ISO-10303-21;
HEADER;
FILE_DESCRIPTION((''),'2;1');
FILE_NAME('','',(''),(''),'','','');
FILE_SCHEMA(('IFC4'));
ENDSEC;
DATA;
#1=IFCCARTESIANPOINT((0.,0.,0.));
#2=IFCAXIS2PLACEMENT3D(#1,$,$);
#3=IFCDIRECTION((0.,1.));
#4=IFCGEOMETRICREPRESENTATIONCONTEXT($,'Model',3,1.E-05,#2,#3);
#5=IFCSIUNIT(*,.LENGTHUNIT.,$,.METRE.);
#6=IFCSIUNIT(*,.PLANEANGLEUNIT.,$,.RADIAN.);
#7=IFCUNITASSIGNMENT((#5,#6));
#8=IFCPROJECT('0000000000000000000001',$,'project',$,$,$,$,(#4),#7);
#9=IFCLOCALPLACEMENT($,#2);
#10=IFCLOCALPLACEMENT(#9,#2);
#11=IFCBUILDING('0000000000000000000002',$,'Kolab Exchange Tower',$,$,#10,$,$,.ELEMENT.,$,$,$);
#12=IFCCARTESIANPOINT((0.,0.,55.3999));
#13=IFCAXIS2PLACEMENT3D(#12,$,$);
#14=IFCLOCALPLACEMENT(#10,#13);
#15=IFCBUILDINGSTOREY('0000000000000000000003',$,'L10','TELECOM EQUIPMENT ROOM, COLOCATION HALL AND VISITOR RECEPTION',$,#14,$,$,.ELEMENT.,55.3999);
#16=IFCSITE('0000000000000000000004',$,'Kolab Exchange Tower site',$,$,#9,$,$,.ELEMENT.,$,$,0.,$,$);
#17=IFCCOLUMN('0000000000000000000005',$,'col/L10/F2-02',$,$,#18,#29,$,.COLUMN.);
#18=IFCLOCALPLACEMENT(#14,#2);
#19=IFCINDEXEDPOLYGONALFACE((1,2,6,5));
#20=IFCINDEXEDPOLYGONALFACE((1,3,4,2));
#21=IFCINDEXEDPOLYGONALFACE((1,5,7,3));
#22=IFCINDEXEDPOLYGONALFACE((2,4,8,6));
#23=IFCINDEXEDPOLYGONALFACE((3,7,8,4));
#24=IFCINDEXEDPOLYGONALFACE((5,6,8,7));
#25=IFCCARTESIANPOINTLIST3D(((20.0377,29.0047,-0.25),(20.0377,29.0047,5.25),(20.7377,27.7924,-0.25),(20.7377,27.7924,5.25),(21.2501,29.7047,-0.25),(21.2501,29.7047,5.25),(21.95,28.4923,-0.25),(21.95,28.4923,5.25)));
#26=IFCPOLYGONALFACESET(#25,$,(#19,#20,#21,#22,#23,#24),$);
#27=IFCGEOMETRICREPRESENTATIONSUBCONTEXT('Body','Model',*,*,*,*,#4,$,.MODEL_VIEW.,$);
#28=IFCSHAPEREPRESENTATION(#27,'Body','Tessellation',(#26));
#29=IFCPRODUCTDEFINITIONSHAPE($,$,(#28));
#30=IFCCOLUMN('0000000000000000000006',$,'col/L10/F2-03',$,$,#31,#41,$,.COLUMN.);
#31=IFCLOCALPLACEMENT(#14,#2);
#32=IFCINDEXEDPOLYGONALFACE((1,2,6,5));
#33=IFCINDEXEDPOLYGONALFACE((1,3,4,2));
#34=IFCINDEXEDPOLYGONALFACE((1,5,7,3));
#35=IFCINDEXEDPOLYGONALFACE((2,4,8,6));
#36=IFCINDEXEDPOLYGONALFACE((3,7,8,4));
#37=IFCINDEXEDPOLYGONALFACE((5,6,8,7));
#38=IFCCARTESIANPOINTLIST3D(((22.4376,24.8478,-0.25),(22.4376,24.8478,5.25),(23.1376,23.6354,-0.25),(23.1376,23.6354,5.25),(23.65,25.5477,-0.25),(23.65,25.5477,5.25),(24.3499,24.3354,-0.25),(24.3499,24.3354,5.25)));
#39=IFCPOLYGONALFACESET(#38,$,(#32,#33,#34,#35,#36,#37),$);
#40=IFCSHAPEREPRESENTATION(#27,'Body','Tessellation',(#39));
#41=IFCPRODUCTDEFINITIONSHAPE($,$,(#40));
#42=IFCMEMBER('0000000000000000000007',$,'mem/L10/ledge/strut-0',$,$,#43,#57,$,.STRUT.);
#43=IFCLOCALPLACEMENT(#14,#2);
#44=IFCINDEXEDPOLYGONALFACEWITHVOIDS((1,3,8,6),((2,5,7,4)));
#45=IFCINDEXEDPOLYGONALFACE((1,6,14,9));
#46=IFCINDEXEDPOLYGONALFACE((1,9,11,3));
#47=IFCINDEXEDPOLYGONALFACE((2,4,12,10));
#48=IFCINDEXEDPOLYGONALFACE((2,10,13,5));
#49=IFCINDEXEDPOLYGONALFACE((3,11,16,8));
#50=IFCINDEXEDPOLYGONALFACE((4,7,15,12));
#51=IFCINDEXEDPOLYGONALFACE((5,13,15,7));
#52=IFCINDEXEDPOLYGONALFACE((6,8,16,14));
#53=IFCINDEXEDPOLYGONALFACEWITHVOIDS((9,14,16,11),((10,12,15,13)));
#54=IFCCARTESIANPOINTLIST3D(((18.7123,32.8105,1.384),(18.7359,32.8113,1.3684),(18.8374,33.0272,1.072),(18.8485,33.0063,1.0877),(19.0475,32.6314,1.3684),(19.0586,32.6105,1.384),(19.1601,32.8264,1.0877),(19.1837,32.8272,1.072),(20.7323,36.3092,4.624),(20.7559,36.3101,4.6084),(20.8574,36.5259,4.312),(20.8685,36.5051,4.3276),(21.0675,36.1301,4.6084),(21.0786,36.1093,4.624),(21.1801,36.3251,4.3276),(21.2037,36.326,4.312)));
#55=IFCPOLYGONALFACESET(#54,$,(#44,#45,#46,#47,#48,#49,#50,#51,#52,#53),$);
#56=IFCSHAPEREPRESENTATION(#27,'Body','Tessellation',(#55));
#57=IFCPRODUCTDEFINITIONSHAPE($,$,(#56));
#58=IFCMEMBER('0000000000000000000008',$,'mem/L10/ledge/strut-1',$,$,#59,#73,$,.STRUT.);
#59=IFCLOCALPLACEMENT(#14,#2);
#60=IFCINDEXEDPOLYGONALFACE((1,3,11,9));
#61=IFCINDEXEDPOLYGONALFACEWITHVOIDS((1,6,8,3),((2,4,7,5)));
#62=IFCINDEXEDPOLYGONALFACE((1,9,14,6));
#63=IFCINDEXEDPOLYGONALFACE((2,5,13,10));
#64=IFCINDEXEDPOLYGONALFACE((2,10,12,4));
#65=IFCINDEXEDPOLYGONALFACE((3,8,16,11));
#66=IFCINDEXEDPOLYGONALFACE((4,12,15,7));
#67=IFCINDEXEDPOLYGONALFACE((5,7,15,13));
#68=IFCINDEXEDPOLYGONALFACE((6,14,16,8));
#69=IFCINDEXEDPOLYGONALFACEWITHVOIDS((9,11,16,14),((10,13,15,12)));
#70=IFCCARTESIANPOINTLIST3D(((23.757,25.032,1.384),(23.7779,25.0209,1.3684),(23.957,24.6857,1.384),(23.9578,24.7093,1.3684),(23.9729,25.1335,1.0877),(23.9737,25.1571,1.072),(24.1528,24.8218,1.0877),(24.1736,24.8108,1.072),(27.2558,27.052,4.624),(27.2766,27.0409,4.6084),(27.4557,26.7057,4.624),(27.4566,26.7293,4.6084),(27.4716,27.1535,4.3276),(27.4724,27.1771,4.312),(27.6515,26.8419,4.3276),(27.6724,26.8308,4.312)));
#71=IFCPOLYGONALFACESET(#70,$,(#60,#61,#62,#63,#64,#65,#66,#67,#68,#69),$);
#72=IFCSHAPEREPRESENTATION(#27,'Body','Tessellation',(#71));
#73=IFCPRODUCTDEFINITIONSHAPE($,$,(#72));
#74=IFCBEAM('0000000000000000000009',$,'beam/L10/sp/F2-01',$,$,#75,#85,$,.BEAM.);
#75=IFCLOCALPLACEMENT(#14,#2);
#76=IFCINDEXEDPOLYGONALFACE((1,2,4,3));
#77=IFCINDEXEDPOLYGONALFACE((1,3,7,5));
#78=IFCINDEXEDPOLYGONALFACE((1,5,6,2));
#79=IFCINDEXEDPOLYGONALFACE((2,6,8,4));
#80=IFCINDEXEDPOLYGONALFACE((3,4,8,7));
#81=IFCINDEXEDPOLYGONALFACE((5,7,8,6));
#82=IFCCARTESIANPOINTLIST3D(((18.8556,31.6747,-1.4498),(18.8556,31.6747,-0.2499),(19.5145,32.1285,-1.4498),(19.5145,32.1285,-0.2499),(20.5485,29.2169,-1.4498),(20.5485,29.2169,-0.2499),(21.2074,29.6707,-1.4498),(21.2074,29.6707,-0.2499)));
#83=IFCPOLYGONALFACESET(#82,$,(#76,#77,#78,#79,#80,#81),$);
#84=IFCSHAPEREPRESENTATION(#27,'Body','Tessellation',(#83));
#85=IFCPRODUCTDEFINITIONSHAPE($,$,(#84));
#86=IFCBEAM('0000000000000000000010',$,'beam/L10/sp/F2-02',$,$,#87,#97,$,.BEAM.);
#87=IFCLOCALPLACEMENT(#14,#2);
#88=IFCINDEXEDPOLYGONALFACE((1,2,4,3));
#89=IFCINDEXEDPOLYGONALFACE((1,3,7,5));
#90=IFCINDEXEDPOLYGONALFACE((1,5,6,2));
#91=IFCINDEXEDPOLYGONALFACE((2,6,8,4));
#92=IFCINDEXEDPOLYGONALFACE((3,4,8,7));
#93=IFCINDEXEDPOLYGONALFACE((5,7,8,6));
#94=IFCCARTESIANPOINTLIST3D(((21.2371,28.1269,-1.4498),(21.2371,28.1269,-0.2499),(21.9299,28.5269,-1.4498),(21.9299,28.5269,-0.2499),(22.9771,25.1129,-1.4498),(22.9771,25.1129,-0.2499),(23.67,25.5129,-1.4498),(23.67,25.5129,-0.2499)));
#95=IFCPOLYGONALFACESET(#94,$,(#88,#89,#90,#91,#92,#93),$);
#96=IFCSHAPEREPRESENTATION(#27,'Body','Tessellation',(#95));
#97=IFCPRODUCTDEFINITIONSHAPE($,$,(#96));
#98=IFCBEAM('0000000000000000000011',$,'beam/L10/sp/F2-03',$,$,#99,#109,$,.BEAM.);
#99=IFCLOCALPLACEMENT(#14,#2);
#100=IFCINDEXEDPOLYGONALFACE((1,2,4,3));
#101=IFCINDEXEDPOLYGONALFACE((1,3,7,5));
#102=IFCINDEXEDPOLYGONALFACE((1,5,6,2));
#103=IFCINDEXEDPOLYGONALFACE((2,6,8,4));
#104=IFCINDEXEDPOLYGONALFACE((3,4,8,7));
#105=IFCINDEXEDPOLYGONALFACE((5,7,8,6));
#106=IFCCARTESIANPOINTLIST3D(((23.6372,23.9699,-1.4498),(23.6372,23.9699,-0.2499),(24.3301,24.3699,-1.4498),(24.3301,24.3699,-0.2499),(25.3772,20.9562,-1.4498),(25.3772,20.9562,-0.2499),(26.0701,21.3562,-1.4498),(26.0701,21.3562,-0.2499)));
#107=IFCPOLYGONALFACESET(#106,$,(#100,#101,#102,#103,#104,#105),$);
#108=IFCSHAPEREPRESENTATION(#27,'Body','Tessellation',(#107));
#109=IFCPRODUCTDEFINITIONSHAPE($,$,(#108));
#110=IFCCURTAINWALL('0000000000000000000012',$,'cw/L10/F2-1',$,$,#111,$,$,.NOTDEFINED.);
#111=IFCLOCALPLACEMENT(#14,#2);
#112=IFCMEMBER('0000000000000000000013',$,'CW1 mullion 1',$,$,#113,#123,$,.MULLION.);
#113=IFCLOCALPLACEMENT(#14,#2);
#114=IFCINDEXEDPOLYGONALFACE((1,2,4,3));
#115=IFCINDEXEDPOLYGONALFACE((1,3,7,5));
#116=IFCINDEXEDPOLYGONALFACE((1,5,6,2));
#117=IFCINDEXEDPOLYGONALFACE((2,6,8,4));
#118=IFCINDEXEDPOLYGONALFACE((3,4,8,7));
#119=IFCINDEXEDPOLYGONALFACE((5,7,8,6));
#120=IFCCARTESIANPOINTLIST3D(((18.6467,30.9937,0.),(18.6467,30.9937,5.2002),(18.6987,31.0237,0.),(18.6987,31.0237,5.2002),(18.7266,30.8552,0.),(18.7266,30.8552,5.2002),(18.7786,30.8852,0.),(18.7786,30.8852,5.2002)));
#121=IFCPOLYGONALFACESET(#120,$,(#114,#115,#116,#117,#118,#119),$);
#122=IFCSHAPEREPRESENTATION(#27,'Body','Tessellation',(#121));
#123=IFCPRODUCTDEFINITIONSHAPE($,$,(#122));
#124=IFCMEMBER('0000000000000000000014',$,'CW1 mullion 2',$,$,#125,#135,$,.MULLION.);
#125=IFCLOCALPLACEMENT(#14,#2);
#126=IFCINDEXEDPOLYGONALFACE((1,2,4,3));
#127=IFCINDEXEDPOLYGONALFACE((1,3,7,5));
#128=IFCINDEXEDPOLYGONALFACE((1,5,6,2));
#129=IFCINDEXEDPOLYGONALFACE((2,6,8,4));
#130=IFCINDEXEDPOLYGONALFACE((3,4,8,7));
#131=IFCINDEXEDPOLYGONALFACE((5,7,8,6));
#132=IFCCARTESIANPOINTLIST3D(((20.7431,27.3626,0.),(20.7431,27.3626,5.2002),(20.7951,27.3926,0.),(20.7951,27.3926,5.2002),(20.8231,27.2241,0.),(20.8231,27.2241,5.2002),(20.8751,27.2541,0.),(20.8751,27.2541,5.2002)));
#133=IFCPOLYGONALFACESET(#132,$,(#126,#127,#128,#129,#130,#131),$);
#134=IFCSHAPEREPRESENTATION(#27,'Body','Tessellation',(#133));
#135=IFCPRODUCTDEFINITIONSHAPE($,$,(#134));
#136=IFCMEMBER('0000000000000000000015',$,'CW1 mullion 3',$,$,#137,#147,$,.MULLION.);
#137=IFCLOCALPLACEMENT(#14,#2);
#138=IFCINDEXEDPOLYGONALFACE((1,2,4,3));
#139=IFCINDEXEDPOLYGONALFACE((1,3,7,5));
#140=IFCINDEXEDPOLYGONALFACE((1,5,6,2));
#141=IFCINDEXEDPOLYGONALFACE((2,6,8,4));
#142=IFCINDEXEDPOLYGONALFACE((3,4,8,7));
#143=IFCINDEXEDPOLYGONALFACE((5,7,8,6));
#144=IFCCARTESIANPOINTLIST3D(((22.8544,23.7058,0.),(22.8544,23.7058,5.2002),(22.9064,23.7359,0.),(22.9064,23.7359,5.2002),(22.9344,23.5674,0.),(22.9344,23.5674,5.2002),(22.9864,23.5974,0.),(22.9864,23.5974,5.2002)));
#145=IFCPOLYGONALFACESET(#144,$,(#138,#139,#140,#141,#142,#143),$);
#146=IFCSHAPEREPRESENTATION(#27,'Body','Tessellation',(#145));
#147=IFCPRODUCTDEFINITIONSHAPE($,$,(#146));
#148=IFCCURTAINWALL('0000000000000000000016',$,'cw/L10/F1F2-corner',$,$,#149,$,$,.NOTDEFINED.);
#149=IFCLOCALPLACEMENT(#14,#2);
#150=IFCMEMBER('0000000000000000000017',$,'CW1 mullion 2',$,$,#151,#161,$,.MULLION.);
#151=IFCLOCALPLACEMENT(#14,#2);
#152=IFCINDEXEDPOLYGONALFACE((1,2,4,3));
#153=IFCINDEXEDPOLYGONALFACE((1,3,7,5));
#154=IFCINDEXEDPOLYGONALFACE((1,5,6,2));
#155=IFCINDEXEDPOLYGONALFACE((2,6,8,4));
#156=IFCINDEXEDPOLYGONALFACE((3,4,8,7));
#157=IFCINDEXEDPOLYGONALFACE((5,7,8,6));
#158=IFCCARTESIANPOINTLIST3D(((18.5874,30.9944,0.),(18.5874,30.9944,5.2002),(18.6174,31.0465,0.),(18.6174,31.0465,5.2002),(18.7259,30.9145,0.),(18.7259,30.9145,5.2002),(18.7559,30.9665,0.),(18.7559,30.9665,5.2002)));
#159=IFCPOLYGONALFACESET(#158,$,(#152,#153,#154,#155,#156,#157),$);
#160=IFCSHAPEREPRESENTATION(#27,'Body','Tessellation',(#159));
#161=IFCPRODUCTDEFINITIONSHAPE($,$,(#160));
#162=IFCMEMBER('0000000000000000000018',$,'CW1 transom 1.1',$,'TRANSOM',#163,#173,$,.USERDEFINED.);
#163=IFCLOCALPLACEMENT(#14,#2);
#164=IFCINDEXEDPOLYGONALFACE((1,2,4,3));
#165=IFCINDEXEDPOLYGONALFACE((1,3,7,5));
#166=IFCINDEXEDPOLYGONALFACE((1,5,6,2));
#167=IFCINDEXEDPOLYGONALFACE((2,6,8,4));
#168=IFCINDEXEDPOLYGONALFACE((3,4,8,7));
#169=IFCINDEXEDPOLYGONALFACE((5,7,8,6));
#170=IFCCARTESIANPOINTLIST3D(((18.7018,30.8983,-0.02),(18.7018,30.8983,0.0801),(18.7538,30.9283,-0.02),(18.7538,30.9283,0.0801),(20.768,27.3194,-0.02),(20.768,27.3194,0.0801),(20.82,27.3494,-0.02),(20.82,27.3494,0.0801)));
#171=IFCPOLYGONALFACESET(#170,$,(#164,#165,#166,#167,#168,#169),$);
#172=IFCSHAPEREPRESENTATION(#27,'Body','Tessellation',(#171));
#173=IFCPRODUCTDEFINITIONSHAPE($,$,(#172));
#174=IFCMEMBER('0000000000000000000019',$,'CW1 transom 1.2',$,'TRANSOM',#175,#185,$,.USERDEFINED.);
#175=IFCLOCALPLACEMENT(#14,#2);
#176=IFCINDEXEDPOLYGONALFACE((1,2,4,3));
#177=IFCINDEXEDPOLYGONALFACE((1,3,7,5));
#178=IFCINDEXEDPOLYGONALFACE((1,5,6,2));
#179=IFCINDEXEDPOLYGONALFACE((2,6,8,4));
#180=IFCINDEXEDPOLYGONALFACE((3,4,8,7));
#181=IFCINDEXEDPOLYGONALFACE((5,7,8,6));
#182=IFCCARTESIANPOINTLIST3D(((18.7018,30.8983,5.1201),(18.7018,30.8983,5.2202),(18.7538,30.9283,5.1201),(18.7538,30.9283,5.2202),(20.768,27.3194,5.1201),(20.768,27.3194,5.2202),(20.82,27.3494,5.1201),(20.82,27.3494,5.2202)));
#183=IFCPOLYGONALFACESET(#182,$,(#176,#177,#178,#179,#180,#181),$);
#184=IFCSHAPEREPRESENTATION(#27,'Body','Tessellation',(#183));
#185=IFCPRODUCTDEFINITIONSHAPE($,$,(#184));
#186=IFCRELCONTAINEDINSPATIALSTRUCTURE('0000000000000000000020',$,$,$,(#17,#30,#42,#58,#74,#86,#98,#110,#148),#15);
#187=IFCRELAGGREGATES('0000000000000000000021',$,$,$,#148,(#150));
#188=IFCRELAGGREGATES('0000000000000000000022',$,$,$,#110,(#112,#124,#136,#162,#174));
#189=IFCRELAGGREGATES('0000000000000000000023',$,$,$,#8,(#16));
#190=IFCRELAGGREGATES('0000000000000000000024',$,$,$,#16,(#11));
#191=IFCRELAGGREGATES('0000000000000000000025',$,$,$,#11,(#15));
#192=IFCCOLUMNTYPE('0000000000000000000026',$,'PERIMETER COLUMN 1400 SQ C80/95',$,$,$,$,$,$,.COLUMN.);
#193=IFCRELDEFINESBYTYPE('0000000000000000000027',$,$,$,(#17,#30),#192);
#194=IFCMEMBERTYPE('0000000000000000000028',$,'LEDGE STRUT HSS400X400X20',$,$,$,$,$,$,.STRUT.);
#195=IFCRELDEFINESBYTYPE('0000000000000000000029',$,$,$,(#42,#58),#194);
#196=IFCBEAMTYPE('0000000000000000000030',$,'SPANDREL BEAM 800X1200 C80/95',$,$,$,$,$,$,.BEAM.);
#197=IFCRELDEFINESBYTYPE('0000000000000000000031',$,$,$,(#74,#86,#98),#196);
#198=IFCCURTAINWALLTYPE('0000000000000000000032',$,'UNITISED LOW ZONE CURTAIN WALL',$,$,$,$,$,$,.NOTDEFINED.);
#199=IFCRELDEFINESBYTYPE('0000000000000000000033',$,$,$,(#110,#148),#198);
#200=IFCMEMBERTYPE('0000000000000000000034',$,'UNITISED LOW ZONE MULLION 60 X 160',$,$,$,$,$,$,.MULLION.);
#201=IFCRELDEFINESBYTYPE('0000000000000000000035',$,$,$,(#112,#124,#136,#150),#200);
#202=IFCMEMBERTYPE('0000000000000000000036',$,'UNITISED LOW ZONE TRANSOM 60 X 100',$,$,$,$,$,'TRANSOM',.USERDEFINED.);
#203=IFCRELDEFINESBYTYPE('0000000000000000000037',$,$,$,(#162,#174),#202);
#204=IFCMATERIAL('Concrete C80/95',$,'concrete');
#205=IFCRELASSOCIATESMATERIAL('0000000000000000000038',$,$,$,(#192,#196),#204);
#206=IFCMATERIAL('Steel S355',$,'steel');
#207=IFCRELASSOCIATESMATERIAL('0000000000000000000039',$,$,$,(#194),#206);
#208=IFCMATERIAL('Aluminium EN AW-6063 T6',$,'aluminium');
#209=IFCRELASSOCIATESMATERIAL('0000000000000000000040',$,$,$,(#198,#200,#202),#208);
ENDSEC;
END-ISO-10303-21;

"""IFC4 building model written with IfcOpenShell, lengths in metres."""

from ifc_helpers import new_model, si_unit, direction, frame, origin, origin_2d, place, context, subcontext, project, spatial, rectangle, hollow_rectangle, extrude, material, material_profile, profile_set, type_object, element, aggregate, save


model = new_model("IFC4")

# Units and contexts
model_context = context("Model", 3, precision=1e-05, world=origin(), true_north=direction((0.0, 1.0)))
body_context = subcontext(model_context, "Body", "Model", "MODEL_VIEW")
ifc_project = project(units=[si_unit("LENGTHUNIT", "METRE"), si_unit("PLANEANGLEUNIT", "RADIAN")], contexts=[model_context])

# Site, building, storey
site_placement = place(None, origin())
site = spatial("IfcSite", under=ifc_project, at=site_placement, Name="Kolab Exchange Tower site", CompositionType="ELEMENT", RefElevation=0.0)
building_placement = place(site_placement, origin())
building = spatial("IfcBuilding", under=site, at=building_placement, Name="Kolab Exchange Tower", CompositionType="ELEMENT")
storey_placement = place(building_placement, frame((0.0, 0.0, 55.3999)))
storey = spatial("IfcBuildingStorey", under=building, at=storey_placement, Name="L10", Description="TELECOM EQUIPMENT ROOM, COLOCATION HALL AND VISITOR RECEPTION", CompositionType="ELEMENT", Elevation=55.3999)

# Columns
ifc_material_1 = material(Name="Concrete C80/95", Category="concrete")
ifc_material_profile_1 = material_profile(ifc_material_1, rectangle(XDim=1.3999, YDim=1.3999, at=origin_2d()), Name="RC1400")
ifc_profile_set_1 = profile_set([ifc_material_profile_1], Name="Concrete C80/95")
column_type = type_object("IfcColumnType", Name="PERIMETER COLUMN 1400 SQ C80/95", PredefinedType="COLUMN", material=ifc_profile_set_1)
for number, where, z_axis, x_axis, name in (
    (1, (20.9939, 28.7485, -0.25), (0.0, 0.0, 1.0), (0.866025, 0.5, 0.0), "col/L10/F2-02"),
    (2, (23.3938, 24.5916, -0.25), (0.0, 0.0, 1.0), (0.866025, 0.5, 0.0), "col/L10/F2-03"),
):
    element("IfcColumn", number, at=place(storey_placement, frame(where, z_axis=z_axis, x_axis=x_axis)), inside=storey, type_object=column_type, Name=name, PredefinedType="COLUMN", context=body_context, shape_type="SweptSolid", body=[
        extrude(rectangle(XDim=1.3999, YDim=1.3999, at=origin_2d()), origin(), (0.0, 0.0, 1.0), 5.5),
    ])

# Members
ifc_material_2 = material(Name="Steel S355", Category="steel")
ifc_material_profile_2 = material_profile(ifc_material_2, hollow_rectangle(XDim=0.3999, YDim=0.3999, WallThickness=0.02, at=origin_2d()), Name="HSS400X400X20")
ifc_profile_set_2 = profile_set([ifc_material_profile_2], Name="Steel S355")
member_type_1 = type_object("IfcMemberType", Name="LEDGE STRUT HSS400X400X20", PredefinedType="STRUT", material=ifc_profile_set_2)
for number, where, z_axis, x_axis, name in (
    (3, (18.948, 32.8188, 1.228), (0.390059, 0.675603, 0.625631), (-0.866026, 0.5, 0.0), "mem/L10/ledge/strut-0"),
    (4, (23.9653, 24.9214, 1.228), (0.675603, 0.390059, 0.625631), (-0.5, 0.866026, 0.0), "mem/L10/ledge/strut-1"),
):
    element("IfcMember", number, at=place(storey_placement, frame(where, z_axis=z_axis, x_axis=x_axis)), inside=storey, type_object=member_type_1, Name=name, PredefinedType="STRUT", context=body_context, shape_type="SweptSolid", body=[
        extrude(hollow_rectangle(XDim=0.3999, YDim=0.3999, WallThickness=0.02, at=origin_2d()), origin(), (0.0, 0.0, 1.0), 5.1787),
    ])

# Beams
ifc_material_profile_3 = material_profile(ifc_material_1, rectangle(XDim=0.8, YDim=1.2, at=origin_2d()), Name="RC800X1200")
ifc_profile_set_3 = profile_set([ifc_material_profile_3], Name="Concrete C80/95")
beam_type = type_object("IfcBeamType", Name="SPANDREL BEAM 800X1200 C80/95", PredefinedType="BEAM", material=ifc_profile_set_3)
beam_1_placement = place(storey_placement, frame((19.1851, 31.9016, -0.8499), z_axis=(0.567247, -0.823548, 0.0), x_axis=(0.823548, 0.567247, 0.0)))
element("IfcBeam", 5, at=beam_1_placement, inside=storey, type_object=beam_type, Name="beam/L10/sp/F2-01", PredefinedType="BEAM", context=body_context, shape_type="SweptSolid", body=[
    extrude(rectangle(XDim=0.8, YDim=1.2, at=origin_2d()), origin(), (0.0, 0.0, 1.0), 2.9844),
])
beam_2_placement = place(storey_placement, frame((21.5835, 28.3269, -0.8499), z_axis=(0.49998, -0.866037, 0.0), x_axis=(0.866037, 0.49998, 0.0)))
element("IfcBeam", 6, at=beam_2_placement, inside=storey, type_object=beam_type, Name="beam/L10/sp/F2-02", PredefinedType="BEAM", context=body_context, shape_type="SweptSolid", body=[
    extrude(rectangle(XDim=0.8, YDim=1.2, at=origin_2d()), origin(), (0.0, 0.0, 1.0), 3.4802),
])
beam_3_placement = place(storey_placement, frame((23.9836, 24.1699, -0.8499), z_axis=(0.50001, -0.86602, 0.0), x_axis=(0.86602, 0.50001, 0.0)))
element("IfcBeam", 7, at=beam_3_placement, inside=storey, type_object=beam_type, Name="beam/L10/sp/F2-03", PredefinedType="BEAM", context=body_context, shape_type="SweptSolid", body=[
    extrude(rectangle(XDim=0.8, YDim=1.2, at=origin_2d()), origin(), (0.0, 0.0, 1.0), 3.48),
])

# Curtain wall, members
ifc_material_3 = material(Name="Aluminium EN AW-6063 T6", Category="aluminium")
curtain_wall_type = type_object("IfcCurtainWallType", Name="UNITISED LOW ZONE CURTAIN WALL", PredefinedType="NOTDEFINED", material=ifc_material_3)
curtain_wall_1_placement = place(storey_placement, origin())
curtain_wall_1 = element("IfcCurtainWall", 8, at=curtain_wall_1_placement, inside=storey, type_object=curtain_wall_type, Name="cw/L10/F2-1", PredefinedType="NOTDEFINED")
ifc_material_profile_4 = material_profile(ifc_material_3, rectangle(XDim=0.0601, YDim=0.1599, at=origin_2d()), Name="RECT 60X160")
ifc_profile_set_4 = profile_set([ifc_material_profile_4], Name="Aluminium EN AW-6063 T6")
member_type_2 = type_object("IfcMemberType", Name="UNITISED LOW ZONE MULLION 60 X 160", PredefinedType="MULLION", material=ifc_profile_set_4)
member_1_placement = place(storey_placement, frame((18.7126, 30.9395, 0.0), z_axis=(0.0, 0.0, 1.0), x_axis=(0.866025, 0.5, 0.0)))
member_1 = element("IfcMember", 9, at=member_1_placement, type_object=member_type_2, Name="CW1 mullion 1", PredefinedType="MULLION", context=body_context, shape_type="SweptSolid", body=[
    extrude(rectangle(XDim=0.0601, YDim=0.1599, at=origin_2d()), origin(), (0.0, 0.0, 1.0), 5.2002),
])
member_2_placement = place(storey_placement, frame((20.8091, 27.3083, 0.0), z_axis=(0.0, 0.0, 1.0), x_axis=(0.866025, 0.5, 0.0)))
member_2 = element("IfcMember", 10, at=member_2_placement, type_object=member_type_2, Name="CW1 mullion 2", PredefinedType="MULLION", context=body_context, shape_type="SweptSolid", body=[
    extrude(rectangle(XDim=0.0601, YDim=0.1599, at=origin_2d()), origin(), (0.0, 0.0, 1.0), 5.2002),
])
member_3_placement = place(storey_placement, frame((22.9204, 23.6516, 0.0), z_axis=(0.0, 0.0, 1.0), x_axis=(0.866025, 0.5, 0.0)))
member_3 = element("IfcMember", 11, at=member_3_placement, type_object=member_type_2, Name="CW1 mullion 3", PredefinedType="MULLION", context=body_context, shape_type="SweptSolid", body=[
    extrude(rectangle(XDim=0.0601, YDim=0.1599, at=origin_2d()), origin(), (0.0, 0.0, 1.0), 5.2002),
])

# Curtain wall, member
curtain_wall_2_placement = place(storey_placement, origin())
curtain_wall_2 = element("IfcCurtainWall", 12, at=curtain_wall_2_placement, inside=storey, type_object=curtain_wall_type, Name="cw/L10/F1F2-corner", PredefinedType="NOTDEFINED")
member_4_placement = place(storey_placement, frame((18.6716, 30.9805, 0.0), z_axis=(0.0, 0.0, 1.0), x_axis=(0.5, 0.866025, 0.0)))
member_4 = element("IfcMember", 13, at=member_4_placement, type_object=member_type_2, Name="CW1 mullion 2", PredefinedType="MULLION", context=body_context, shape_type="SweptSolid", body=[
    extrude(rectangle(XDim=0.0601, YDim=0.1599, at=origin_2d()), origin(), (0.0, 0.0, 1.0), 5.2002),
])
aggregate(curtain_wall_2, [member_4])

# Members
ifc_material_profile_5 = material_profile(ifc_material_3, rectangle(XDim=0.0601, YDim=0.1001, at=origin_2d()), Name="RECT 60X100")
ifc_profile_set_5 = profile_set([ifc_material_profile_5], Name="Aluminium EN AW-6063 T6")
member_type_3 = type_object("IfcMemberType", Name="UNITISED LOW ZONE TRANSOM 60 X 100", ElementType="TRANSOM", PredefinedType="USERDEFINED", material=ifc_profile_set_5)
member_5_placement = place(storey_placement, frame((18.7278, 30.9133, 0.03), z_axis=(0.499983, -0.866035, 0.0), x_axis=(0.866035, 0.499983, 0.0)))
member_5 = element("IfcMember", 14, at=member_5_placement, type_object=member_type_3, Name="CW1 transom 1.1", ObjectType="TRANSOM", PredefinedType="USERDEFINED", context=body_context, shape_type="SweptSolid", body=[
    extrude(rectangle(XDim=0.0601, YDim=0.1001, at=origin_2d()), origin(), (0.0, 0.0, 1.0), 4.1326),
])
member_6_placement = place(storey_placement, frame((18.7278, 30.9133, 5.1702), z_axis=(0.499983, -0.866035, 0.0), x_axis=(0.866035, 0.499983, 0.0)))
member_6 = element("IfcMember", 15, at=member_6_placement, type_object=member_type_3, Name="CW1 transom 1.2", ObjectType="TRANSOM", PredefinedType="USERDEFINED", context=body_context, shape_type="SweptSolid", body=[
    extrude(rectangle(XDim=0.0601, YDim=0.1001, at=origin_2d()), origin(), (0.0, 0.0, 1.0), 4.1326),
])

aggregate(curtain_wall_1, [member_1, member_2, member_3, member_5, member_6])

save(model, "model.ifc")
